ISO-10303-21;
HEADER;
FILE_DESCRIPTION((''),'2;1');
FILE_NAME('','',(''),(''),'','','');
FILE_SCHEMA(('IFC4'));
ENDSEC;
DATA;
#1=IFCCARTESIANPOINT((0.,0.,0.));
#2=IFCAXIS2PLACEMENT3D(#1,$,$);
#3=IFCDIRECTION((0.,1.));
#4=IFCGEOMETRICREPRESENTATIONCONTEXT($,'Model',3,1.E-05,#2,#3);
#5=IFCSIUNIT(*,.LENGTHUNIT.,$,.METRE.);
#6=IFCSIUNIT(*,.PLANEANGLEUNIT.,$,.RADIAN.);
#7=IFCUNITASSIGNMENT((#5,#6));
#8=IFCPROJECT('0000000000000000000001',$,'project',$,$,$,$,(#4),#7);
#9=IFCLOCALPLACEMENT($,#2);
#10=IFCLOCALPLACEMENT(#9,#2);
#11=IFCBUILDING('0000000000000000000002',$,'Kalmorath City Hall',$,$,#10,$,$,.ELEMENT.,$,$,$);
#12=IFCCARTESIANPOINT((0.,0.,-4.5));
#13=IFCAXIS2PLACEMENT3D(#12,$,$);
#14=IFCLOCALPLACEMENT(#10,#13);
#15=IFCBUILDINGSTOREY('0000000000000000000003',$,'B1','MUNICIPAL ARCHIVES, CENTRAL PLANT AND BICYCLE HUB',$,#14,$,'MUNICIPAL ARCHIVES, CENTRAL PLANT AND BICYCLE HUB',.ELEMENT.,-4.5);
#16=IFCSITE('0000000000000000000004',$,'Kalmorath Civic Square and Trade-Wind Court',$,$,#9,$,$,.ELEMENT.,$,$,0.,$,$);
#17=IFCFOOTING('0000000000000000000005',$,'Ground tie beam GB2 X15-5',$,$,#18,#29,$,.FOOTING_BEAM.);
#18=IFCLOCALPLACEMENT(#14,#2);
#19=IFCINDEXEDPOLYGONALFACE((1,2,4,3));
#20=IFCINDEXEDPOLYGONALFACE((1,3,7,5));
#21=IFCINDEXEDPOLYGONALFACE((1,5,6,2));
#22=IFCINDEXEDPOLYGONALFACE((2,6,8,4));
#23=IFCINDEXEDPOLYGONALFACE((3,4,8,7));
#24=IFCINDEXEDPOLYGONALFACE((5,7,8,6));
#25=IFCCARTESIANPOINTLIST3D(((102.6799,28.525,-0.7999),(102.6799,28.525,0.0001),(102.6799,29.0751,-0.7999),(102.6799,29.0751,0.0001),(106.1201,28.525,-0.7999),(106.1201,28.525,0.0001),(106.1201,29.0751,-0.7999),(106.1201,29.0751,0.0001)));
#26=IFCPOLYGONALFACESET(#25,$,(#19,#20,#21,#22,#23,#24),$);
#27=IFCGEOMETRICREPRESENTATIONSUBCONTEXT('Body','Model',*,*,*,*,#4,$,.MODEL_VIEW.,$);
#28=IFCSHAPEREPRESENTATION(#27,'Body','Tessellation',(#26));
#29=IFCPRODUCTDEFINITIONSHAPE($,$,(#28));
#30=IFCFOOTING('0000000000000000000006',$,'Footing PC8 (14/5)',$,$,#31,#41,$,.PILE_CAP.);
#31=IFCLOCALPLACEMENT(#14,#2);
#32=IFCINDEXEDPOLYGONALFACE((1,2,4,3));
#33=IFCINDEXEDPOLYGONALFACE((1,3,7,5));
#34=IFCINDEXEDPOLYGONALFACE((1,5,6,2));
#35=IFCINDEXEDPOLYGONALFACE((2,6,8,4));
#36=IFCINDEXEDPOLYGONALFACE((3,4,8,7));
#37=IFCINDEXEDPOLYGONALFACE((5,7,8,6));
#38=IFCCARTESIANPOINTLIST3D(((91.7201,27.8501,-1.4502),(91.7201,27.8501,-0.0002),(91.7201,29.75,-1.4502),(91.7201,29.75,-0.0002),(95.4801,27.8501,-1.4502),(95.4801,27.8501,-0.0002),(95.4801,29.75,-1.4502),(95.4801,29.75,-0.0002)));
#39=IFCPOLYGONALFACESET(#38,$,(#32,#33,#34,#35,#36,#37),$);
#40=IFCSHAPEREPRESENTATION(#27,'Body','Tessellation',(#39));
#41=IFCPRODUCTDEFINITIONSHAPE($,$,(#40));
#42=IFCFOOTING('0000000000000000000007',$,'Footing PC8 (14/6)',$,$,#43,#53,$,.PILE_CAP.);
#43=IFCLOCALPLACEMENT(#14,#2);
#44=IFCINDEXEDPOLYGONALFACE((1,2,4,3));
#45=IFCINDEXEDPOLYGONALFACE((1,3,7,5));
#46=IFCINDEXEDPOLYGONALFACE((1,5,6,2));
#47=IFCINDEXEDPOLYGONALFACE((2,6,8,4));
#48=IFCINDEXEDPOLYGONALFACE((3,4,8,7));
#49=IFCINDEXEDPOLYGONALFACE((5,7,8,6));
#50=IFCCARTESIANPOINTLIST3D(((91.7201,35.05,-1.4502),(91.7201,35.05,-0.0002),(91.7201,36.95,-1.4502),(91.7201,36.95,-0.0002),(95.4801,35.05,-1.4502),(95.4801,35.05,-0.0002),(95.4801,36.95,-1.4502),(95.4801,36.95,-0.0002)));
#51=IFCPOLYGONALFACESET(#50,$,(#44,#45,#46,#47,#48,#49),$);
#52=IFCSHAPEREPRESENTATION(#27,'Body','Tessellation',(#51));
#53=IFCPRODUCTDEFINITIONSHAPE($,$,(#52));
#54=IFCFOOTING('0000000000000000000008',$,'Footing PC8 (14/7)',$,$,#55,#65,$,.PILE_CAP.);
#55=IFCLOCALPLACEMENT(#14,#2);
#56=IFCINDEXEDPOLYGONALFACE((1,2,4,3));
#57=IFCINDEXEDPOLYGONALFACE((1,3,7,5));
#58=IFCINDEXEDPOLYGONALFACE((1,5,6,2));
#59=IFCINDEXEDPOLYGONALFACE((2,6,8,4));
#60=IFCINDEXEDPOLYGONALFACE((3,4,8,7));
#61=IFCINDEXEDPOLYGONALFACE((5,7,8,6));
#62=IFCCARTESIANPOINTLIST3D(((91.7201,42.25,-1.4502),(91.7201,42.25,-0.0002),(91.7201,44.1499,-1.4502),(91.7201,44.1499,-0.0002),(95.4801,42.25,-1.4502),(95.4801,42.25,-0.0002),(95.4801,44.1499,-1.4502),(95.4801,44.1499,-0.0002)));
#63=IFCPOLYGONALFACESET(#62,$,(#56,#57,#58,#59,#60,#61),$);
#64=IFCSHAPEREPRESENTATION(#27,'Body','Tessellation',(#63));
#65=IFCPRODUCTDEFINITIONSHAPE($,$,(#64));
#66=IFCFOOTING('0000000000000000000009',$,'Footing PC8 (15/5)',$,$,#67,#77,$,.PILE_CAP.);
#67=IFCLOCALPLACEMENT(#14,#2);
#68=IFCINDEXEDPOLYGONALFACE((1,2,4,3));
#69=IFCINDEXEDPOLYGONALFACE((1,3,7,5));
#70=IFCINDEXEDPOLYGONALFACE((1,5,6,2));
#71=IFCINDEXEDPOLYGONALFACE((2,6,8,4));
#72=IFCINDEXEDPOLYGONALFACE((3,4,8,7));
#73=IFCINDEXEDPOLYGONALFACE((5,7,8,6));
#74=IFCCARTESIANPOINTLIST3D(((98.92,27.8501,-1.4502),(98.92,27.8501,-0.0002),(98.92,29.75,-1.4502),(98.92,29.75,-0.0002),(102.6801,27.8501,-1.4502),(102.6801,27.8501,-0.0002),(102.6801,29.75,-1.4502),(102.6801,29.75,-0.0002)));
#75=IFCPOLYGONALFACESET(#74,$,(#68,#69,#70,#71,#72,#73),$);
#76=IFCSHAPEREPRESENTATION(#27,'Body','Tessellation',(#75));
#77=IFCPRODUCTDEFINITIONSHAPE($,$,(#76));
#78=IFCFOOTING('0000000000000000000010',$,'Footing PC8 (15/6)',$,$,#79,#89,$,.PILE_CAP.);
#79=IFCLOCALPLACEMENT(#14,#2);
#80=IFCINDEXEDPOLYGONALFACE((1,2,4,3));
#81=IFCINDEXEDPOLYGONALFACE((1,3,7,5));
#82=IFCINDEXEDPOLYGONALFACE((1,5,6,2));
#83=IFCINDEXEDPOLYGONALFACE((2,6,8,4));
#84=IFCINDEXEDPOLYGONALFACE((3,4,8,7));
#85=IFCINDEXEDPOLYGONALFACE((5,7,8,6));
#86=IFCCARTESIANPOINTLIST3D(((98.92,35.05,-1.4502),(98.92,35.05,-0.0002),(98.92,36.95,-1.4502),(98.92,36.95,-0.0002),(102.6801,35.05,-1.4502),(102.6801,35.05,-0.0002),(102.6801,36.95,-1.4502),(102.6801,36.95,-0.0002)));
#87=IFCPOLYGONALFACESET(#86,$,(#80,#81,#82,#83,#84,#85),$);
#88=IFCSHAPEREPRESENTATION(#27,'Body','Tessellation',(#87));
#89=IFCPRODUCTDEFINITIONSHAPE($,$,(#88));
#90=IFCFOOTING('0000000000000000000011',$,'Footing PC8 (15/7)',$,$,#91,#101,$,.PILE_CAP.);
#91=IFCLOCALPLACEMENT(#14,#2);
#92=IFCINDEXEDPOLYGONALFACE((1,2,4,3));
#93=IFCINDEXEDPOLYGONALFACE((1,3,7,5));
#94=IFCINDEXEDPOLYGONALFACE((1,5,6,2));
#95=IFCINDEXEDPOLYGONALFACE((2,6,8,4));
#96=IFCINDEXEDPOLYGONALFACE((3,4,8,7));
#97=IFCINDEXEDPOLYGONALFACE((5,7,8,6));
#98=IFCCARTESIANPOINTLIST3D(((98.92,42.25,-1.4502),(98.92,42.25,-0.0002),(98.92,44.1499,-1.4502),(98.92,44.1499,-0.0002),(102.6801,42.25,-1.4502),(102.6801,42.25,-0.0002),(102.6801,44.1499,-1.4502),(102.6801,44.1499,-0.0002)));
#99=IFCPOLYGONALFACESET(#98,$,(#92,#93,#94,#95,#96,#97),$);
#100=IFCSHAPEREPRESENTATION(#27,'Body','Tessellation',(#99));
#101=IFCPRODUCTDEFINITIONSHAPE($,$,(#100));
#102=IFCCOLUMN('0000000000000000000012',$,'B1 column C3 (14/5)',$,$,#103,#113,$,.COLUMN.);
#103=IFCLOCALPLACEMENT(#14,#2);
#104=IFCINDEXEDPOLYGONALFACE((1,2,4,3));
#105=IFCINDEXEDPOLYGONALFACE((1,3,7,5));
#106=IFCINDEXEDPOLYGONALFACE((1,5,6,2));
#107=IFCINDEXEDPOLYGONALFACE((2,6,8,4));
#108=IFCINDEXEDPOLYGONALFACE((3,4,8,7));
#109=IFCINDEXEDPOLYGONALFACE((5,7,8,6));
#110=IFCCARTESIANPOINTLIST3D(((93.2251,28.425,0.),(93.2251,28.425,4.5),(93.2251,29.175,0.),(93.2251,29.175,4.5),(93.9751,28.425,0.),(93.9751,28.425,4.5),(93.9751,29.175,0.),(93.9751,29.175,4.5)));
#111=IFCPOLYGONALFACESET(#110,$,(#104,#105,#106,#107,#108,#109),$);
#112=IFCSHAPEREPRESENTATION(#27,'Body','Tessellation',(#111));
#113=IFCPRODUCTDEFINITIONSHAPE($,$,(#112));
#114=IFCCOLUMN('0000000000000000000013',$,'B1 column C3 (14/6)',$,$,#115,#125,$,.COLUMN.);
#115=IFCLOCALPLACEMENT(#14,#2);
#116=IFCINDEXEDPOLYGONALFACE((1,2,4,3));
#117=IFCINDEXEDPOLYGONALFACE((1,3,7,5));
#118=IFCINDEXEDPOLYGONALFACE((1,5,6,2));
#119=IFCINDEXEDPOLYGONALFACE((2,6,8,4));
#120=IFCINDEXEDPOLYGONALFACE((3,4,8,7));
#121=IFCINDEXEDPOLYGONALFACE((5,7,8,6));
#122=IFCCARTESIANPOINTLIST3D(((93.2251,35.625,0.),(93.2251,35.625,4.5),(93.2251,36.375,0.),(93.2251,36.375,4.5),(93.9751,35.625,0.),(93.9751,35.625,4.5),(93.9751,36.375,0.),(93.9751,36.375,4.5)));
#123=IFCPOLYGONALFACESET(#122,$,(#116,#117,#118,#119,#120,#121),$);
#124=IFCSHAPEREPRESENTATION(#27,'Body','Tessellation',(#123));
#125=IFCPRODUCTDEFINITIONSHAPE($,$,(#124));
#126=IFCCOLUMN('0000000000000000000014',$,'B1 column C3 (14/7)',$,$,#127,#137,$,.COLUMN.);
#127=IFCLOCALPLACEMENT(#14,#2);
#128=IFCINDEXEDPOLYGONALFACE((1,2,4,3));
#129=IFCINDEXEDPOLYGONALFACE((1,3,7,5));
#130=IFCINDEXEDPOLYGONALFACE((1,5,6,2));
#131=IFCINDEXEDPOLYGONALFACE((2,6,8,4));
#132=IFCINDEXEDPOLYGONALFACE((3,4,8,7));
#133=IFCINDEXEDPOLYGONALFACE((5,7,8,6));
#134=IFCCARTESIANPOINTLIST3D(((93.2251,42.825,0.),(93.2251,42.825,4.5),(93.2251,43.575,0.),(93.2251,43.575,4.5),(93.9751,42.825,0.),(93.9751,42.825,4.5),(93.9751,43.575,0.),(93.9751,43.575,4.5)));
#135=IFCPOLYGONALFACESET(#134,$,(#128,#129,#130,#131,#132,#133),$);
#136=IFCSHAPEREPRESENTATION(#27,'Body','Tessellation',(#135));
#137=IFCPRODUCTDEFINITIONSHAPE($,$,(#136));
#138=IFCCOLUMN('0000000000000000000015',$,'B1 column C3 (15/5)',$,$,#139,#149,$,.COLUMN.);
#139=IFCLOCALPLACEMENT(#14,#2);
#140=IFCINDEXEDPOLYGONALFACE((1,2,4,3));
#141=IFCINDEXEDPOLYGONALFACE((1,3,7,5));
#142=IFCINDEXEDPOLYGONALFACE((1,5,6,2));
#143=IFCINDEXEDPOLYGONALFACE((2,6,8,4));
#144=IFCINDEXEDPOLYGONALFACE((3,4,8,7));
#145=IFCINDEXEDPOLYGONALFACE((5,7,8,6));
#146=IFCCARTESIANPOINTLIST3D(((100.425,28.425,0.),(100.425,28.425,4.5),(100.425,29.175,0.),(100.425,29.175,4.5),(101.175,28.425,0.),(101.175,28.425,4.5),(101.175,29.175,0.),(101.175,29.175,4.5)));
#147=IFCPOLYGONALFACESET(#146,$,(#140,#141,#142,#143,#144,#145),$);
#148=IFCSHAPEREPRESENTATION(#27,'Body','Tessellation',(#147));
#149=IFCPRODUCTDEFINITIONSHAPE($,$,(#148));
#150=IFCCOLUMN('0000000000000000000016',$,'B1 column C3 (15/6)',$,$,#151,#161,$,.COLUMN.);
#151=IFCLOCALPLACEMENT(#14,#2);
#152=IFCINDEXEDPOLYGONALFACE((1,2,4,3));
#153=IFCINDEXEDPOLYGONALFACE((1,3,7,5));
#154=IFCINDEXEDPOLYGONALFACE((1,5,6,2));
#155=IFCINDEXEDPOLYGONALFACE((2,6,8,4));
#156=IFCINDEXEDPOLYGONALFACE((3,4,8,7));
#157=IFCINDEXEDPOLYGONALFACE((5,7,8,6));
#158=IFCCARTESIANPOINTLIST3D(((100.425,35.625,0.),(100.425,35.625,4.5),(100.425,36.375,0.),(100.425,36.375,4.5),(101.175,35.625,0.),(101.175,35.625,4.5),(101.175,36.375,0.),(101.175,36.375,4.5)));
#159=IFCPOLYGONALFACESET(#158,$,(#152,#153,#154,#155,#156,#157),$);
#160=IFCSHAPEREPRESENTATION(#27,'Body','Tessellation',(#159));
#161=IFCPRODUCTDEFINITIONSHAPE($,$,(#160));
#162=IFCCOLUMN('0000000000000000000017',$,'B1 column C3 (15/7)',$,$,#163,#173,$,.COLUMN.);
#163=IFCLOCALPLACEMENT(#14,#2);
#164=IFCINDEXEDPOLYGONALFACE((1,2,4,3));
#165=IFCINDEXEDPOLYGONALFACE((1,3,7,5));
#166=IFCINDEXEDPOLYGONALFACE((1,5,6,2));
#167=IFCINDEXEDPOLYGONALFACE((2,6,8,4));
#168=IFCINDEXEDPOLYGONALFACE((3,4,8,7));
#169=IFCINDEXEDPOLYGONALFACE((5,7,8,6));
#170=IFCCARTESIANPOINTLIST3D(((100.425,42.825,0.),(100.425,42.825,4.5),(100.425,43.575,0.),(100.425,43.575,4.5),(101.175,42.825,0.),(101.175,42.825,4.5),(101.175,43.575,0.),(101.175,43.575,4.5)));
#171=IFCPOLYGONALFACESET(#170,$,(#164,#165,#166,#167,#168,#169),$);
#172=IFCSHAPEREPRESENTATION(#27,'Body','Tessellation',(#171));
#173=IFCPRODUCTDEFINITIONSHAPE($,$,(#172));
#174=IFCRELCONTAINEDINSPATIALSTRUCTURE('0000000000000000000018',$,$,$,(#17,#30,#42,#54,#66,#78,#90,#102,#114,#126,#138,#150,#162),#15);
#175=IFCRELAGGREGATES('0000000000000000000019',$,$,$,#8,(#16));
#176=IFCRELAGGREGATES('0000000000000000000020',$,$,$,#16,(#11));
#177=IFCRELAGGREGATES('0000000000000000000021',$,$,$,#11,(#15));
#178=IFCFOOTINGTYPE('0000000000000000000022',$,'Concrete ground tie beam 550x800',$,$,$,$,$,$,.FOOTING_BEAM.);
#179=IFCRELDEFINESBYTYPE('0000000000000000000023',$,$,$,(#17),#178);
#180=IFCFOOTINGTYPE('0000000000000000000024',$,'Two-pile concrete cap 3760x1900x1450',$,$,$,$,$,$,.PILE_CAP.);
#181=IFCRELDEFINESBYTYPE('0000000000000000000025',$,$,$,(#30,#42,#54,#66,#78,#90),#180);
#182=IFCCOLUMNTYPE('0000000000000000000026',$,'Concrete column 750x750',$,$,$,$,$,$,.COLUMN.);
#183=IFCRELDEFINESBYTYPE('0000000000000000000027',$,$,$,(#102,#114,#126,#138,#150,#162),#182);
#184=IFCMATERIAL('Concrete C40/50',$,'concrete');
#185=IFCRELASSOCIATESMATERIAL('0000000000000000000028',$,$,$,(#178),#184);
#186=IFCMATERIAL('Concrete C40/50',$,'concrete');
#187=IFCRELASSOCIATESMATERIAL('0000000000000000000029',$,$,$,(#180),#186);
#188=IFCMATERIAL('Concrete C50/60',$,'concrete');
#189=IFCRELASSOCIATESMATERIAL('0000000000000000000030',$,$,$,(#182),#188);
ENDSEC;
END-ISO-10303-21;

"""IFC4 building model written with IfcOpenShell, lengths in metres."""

from ifc_helpers import new_model, si_unit, direction, frame, origin, origin_2d, place, context, subcontext, project, spatial, rectangle, extrude, material, material_profile, profile_set, type_object, element, save


model = new_model("IFC4")

# Units and contexts
model_context = context("Model", 3, precision=1e-05, world=origin(), true_north=direction((0.0, 1.0)))
body_context = subcontext(model_context, "Body", "Model", "MODEL_VIEW")
ifc_project = project(units=[si_unit("LENGTHUNIT", "METRE"), si_unit("PLANEANGLEUNIT", "RADIAN")], contexts=[model_context])

# Site, building, storey
site_placement = place(None, origin())
site = spatial("IfcSite", under=ifc_project, at=site_placement, Name="Kalmorath Civic Square and Trade-Wind Court", CompositionType="ELEMENT", RefElevation=0.0)
building_placement = place(site_placement, origin())
building = spatial("IfcBuilding", under=site, at=building_placement, Name="Kalmorath City Hall", CompositionType="ELEMENT")
storey_placement = place(building_placement, frame((0.0, 0.0, -4.5)))
storey = spatial("IfcBuildingStorey", under=building, at=storey_placement, Name="B1", Description="MUNICIPAL ARCHIVES, CENTRAL PLANT AND BICYCLE HUB", LongName="MUNICIPAL ARCHIVES, CENTRAL PLANT AND BICYCLE HUB", CompositionType="ELEMENT", Elevation=-4.5)

# Footings
ifc_material_1 = material(Name="Concrete C40/50", Category="concrete")
ifc_material_profile_1 = material_profile(ifc_material_1, rectangle(XDim=0.55, YDim=0.8, at=origin_2d()), Name="RC-BM-550X800")
ifc_profile_set_1 = profile_set([ifc_material_profile_1], Name="Concrete C40/50")
footing_type_1 = type_object("IfcFootingType", Name="Concrete ground tie beam 550x800", PredefinedType="FOOTING_BEAM", material=ifc_profile_set_1)
footing_1_placement = place(storey_placement, frame((102.6799, 28.8, -0.3999), z_axis=(1.0, 0.0, 0.0), x_axis=(0.0, 1.0, 0.0)))
element("IfcFooting", 1, at=footing_1_placement, inside=storey, type_object=footing_type_1, Name="Ground tie beam GB2 X15-5", PredefinedType="FOOTING_BEAM", context=body_context, shape_type="SweptSolid", body=[
    extrude(rectangle(XDim=0.55, YDim=0.8, at=origin_2d()), origin(), (0.0, 0.0, 1.0), 3.4402),
])
ifc_material_2 = material(Name="Concrete C40/50", Category="concrete")
footing_type_2 = type_object("IfcFootingType", Name="Two-pile concrete cap 3760x1900x1450", PredefinedType="PILE_CAP", material=ifc_material_2)
for number, where, z_axis, x_axis, name in (
    (2, (93.6001, 28.8, -1.4502), (0.0, 0.0, 1.0), (1.0, 0.0, 0.0), "Footing PC8 (14/5)"),
    (3, (93.6001, 36.0, -1.4502), (0.0, 0.0, 1.0), (1.0, 0.0, 0.0), "Footing PC8 (14/6)"),
    (4, (93.6001, 43.2, -1.4502), (0.0, 0.0, 1.0), (1.0, 0.0, 0.0), "Footing PC8 (14/7)"),
    (5, (100.8, 28.8, -1.4502), (0.0, 0.0, 1.0), (1.0, 0.0, 0.0), "Footing PC8 (15/5)"),
    (6, (100.8, 36.0, -1.4502), (0.0, 0.0, 1.0), (1.0, 0.0, 0.0), "Footing PC8 (15/6)"),
    (7, (100.8, 43.2, -1.4502), (0.0, 0.0, 1.0), (1.0, 0.0, 0.0), "Footing PC8 (15/7)"),
):
    element("IfcFooting", number, at=place(storey_placement, frame(where, z_axis=z_axis, x_axis=x_axis)), inside=storey, type_object=footing_type_2, Name=name, PredefinedType="PILE_CAP", context=body_context, shape_type="SweptSolid", body=[
        extrude(rectangle(XDim=3.76, YDim=1.8999, at=origin_2d()), origin(), (0.0, 0.0, 1.0), 1.45),
    ])

# Columns
ifc_material_3 = material(Name="Concrete C50/60", Category="concrete")
ifc_material_profile_2 = material_profile(ifc_material_3, rectangle(XDim=0.75, YDim=0.75, at=origin_2d()), Name="RC-COL-750X750")
ifc_profile_set_2 = profile_set([ifc_material_profile_2], Name="Concrete C50/60")
column_type = type_object("IfcColumnType", Name="Concrete column 750x750", PredefinedType="COLUMN", material=ifc_profile_set_2)
for number, where, z_axis, x_axis, name in (
    (8, (93.6001, 28.8, 0.0), (0.0, 0.0, 1.0), (1.0, 0.0, 0.0), "B1 column C3 (14/5)"),
    (9, (93.6001, 36.0, 0.0), (0.0, 0.0, 1.0), (1.0, 0.0, 0.0), "B1 column C3 (14/6)"),
    (10, (93.6001, 43.2, 0.0), (0.0, 0.0, 1.0), (1.0, 0.0, 0.0), "B1 column C3 (14/7)"),
    (11, (100.8, 28.8, 0.0), (0.0, 0.0, 1.0), (1.0, 0.0, 0.0), "B1 column C3 (15/5)"),
    (12, (100.8, 36.0, 0.0), (0.0, 0.0, 1.0), (1.0, 0.0, 0.0), "B1 column C3 (15/6)"),
    (13, (100.8, 43.2, 0.0), (0.0, 0.0, 1.0), (1.0, 0.0, 0.0), "B1 column C3 (15/7)"),
):
    element("IfcColumn", number, at=place(storey_placement, frame(where, z_axis=z_axis, x_axis=x_axis)), inside=storey, type_object=column_type, Name=name, PredefinedType="COLUMN", context=body_context, shape_type="SweptSolid", body=[
        extrude(rectangle(XDim=0.75, YDim=0.75, at=origin_2d()), origin(), (0.0, 0.0, 1.0), 4.5),
    ])

save(model, "model.ifc")
